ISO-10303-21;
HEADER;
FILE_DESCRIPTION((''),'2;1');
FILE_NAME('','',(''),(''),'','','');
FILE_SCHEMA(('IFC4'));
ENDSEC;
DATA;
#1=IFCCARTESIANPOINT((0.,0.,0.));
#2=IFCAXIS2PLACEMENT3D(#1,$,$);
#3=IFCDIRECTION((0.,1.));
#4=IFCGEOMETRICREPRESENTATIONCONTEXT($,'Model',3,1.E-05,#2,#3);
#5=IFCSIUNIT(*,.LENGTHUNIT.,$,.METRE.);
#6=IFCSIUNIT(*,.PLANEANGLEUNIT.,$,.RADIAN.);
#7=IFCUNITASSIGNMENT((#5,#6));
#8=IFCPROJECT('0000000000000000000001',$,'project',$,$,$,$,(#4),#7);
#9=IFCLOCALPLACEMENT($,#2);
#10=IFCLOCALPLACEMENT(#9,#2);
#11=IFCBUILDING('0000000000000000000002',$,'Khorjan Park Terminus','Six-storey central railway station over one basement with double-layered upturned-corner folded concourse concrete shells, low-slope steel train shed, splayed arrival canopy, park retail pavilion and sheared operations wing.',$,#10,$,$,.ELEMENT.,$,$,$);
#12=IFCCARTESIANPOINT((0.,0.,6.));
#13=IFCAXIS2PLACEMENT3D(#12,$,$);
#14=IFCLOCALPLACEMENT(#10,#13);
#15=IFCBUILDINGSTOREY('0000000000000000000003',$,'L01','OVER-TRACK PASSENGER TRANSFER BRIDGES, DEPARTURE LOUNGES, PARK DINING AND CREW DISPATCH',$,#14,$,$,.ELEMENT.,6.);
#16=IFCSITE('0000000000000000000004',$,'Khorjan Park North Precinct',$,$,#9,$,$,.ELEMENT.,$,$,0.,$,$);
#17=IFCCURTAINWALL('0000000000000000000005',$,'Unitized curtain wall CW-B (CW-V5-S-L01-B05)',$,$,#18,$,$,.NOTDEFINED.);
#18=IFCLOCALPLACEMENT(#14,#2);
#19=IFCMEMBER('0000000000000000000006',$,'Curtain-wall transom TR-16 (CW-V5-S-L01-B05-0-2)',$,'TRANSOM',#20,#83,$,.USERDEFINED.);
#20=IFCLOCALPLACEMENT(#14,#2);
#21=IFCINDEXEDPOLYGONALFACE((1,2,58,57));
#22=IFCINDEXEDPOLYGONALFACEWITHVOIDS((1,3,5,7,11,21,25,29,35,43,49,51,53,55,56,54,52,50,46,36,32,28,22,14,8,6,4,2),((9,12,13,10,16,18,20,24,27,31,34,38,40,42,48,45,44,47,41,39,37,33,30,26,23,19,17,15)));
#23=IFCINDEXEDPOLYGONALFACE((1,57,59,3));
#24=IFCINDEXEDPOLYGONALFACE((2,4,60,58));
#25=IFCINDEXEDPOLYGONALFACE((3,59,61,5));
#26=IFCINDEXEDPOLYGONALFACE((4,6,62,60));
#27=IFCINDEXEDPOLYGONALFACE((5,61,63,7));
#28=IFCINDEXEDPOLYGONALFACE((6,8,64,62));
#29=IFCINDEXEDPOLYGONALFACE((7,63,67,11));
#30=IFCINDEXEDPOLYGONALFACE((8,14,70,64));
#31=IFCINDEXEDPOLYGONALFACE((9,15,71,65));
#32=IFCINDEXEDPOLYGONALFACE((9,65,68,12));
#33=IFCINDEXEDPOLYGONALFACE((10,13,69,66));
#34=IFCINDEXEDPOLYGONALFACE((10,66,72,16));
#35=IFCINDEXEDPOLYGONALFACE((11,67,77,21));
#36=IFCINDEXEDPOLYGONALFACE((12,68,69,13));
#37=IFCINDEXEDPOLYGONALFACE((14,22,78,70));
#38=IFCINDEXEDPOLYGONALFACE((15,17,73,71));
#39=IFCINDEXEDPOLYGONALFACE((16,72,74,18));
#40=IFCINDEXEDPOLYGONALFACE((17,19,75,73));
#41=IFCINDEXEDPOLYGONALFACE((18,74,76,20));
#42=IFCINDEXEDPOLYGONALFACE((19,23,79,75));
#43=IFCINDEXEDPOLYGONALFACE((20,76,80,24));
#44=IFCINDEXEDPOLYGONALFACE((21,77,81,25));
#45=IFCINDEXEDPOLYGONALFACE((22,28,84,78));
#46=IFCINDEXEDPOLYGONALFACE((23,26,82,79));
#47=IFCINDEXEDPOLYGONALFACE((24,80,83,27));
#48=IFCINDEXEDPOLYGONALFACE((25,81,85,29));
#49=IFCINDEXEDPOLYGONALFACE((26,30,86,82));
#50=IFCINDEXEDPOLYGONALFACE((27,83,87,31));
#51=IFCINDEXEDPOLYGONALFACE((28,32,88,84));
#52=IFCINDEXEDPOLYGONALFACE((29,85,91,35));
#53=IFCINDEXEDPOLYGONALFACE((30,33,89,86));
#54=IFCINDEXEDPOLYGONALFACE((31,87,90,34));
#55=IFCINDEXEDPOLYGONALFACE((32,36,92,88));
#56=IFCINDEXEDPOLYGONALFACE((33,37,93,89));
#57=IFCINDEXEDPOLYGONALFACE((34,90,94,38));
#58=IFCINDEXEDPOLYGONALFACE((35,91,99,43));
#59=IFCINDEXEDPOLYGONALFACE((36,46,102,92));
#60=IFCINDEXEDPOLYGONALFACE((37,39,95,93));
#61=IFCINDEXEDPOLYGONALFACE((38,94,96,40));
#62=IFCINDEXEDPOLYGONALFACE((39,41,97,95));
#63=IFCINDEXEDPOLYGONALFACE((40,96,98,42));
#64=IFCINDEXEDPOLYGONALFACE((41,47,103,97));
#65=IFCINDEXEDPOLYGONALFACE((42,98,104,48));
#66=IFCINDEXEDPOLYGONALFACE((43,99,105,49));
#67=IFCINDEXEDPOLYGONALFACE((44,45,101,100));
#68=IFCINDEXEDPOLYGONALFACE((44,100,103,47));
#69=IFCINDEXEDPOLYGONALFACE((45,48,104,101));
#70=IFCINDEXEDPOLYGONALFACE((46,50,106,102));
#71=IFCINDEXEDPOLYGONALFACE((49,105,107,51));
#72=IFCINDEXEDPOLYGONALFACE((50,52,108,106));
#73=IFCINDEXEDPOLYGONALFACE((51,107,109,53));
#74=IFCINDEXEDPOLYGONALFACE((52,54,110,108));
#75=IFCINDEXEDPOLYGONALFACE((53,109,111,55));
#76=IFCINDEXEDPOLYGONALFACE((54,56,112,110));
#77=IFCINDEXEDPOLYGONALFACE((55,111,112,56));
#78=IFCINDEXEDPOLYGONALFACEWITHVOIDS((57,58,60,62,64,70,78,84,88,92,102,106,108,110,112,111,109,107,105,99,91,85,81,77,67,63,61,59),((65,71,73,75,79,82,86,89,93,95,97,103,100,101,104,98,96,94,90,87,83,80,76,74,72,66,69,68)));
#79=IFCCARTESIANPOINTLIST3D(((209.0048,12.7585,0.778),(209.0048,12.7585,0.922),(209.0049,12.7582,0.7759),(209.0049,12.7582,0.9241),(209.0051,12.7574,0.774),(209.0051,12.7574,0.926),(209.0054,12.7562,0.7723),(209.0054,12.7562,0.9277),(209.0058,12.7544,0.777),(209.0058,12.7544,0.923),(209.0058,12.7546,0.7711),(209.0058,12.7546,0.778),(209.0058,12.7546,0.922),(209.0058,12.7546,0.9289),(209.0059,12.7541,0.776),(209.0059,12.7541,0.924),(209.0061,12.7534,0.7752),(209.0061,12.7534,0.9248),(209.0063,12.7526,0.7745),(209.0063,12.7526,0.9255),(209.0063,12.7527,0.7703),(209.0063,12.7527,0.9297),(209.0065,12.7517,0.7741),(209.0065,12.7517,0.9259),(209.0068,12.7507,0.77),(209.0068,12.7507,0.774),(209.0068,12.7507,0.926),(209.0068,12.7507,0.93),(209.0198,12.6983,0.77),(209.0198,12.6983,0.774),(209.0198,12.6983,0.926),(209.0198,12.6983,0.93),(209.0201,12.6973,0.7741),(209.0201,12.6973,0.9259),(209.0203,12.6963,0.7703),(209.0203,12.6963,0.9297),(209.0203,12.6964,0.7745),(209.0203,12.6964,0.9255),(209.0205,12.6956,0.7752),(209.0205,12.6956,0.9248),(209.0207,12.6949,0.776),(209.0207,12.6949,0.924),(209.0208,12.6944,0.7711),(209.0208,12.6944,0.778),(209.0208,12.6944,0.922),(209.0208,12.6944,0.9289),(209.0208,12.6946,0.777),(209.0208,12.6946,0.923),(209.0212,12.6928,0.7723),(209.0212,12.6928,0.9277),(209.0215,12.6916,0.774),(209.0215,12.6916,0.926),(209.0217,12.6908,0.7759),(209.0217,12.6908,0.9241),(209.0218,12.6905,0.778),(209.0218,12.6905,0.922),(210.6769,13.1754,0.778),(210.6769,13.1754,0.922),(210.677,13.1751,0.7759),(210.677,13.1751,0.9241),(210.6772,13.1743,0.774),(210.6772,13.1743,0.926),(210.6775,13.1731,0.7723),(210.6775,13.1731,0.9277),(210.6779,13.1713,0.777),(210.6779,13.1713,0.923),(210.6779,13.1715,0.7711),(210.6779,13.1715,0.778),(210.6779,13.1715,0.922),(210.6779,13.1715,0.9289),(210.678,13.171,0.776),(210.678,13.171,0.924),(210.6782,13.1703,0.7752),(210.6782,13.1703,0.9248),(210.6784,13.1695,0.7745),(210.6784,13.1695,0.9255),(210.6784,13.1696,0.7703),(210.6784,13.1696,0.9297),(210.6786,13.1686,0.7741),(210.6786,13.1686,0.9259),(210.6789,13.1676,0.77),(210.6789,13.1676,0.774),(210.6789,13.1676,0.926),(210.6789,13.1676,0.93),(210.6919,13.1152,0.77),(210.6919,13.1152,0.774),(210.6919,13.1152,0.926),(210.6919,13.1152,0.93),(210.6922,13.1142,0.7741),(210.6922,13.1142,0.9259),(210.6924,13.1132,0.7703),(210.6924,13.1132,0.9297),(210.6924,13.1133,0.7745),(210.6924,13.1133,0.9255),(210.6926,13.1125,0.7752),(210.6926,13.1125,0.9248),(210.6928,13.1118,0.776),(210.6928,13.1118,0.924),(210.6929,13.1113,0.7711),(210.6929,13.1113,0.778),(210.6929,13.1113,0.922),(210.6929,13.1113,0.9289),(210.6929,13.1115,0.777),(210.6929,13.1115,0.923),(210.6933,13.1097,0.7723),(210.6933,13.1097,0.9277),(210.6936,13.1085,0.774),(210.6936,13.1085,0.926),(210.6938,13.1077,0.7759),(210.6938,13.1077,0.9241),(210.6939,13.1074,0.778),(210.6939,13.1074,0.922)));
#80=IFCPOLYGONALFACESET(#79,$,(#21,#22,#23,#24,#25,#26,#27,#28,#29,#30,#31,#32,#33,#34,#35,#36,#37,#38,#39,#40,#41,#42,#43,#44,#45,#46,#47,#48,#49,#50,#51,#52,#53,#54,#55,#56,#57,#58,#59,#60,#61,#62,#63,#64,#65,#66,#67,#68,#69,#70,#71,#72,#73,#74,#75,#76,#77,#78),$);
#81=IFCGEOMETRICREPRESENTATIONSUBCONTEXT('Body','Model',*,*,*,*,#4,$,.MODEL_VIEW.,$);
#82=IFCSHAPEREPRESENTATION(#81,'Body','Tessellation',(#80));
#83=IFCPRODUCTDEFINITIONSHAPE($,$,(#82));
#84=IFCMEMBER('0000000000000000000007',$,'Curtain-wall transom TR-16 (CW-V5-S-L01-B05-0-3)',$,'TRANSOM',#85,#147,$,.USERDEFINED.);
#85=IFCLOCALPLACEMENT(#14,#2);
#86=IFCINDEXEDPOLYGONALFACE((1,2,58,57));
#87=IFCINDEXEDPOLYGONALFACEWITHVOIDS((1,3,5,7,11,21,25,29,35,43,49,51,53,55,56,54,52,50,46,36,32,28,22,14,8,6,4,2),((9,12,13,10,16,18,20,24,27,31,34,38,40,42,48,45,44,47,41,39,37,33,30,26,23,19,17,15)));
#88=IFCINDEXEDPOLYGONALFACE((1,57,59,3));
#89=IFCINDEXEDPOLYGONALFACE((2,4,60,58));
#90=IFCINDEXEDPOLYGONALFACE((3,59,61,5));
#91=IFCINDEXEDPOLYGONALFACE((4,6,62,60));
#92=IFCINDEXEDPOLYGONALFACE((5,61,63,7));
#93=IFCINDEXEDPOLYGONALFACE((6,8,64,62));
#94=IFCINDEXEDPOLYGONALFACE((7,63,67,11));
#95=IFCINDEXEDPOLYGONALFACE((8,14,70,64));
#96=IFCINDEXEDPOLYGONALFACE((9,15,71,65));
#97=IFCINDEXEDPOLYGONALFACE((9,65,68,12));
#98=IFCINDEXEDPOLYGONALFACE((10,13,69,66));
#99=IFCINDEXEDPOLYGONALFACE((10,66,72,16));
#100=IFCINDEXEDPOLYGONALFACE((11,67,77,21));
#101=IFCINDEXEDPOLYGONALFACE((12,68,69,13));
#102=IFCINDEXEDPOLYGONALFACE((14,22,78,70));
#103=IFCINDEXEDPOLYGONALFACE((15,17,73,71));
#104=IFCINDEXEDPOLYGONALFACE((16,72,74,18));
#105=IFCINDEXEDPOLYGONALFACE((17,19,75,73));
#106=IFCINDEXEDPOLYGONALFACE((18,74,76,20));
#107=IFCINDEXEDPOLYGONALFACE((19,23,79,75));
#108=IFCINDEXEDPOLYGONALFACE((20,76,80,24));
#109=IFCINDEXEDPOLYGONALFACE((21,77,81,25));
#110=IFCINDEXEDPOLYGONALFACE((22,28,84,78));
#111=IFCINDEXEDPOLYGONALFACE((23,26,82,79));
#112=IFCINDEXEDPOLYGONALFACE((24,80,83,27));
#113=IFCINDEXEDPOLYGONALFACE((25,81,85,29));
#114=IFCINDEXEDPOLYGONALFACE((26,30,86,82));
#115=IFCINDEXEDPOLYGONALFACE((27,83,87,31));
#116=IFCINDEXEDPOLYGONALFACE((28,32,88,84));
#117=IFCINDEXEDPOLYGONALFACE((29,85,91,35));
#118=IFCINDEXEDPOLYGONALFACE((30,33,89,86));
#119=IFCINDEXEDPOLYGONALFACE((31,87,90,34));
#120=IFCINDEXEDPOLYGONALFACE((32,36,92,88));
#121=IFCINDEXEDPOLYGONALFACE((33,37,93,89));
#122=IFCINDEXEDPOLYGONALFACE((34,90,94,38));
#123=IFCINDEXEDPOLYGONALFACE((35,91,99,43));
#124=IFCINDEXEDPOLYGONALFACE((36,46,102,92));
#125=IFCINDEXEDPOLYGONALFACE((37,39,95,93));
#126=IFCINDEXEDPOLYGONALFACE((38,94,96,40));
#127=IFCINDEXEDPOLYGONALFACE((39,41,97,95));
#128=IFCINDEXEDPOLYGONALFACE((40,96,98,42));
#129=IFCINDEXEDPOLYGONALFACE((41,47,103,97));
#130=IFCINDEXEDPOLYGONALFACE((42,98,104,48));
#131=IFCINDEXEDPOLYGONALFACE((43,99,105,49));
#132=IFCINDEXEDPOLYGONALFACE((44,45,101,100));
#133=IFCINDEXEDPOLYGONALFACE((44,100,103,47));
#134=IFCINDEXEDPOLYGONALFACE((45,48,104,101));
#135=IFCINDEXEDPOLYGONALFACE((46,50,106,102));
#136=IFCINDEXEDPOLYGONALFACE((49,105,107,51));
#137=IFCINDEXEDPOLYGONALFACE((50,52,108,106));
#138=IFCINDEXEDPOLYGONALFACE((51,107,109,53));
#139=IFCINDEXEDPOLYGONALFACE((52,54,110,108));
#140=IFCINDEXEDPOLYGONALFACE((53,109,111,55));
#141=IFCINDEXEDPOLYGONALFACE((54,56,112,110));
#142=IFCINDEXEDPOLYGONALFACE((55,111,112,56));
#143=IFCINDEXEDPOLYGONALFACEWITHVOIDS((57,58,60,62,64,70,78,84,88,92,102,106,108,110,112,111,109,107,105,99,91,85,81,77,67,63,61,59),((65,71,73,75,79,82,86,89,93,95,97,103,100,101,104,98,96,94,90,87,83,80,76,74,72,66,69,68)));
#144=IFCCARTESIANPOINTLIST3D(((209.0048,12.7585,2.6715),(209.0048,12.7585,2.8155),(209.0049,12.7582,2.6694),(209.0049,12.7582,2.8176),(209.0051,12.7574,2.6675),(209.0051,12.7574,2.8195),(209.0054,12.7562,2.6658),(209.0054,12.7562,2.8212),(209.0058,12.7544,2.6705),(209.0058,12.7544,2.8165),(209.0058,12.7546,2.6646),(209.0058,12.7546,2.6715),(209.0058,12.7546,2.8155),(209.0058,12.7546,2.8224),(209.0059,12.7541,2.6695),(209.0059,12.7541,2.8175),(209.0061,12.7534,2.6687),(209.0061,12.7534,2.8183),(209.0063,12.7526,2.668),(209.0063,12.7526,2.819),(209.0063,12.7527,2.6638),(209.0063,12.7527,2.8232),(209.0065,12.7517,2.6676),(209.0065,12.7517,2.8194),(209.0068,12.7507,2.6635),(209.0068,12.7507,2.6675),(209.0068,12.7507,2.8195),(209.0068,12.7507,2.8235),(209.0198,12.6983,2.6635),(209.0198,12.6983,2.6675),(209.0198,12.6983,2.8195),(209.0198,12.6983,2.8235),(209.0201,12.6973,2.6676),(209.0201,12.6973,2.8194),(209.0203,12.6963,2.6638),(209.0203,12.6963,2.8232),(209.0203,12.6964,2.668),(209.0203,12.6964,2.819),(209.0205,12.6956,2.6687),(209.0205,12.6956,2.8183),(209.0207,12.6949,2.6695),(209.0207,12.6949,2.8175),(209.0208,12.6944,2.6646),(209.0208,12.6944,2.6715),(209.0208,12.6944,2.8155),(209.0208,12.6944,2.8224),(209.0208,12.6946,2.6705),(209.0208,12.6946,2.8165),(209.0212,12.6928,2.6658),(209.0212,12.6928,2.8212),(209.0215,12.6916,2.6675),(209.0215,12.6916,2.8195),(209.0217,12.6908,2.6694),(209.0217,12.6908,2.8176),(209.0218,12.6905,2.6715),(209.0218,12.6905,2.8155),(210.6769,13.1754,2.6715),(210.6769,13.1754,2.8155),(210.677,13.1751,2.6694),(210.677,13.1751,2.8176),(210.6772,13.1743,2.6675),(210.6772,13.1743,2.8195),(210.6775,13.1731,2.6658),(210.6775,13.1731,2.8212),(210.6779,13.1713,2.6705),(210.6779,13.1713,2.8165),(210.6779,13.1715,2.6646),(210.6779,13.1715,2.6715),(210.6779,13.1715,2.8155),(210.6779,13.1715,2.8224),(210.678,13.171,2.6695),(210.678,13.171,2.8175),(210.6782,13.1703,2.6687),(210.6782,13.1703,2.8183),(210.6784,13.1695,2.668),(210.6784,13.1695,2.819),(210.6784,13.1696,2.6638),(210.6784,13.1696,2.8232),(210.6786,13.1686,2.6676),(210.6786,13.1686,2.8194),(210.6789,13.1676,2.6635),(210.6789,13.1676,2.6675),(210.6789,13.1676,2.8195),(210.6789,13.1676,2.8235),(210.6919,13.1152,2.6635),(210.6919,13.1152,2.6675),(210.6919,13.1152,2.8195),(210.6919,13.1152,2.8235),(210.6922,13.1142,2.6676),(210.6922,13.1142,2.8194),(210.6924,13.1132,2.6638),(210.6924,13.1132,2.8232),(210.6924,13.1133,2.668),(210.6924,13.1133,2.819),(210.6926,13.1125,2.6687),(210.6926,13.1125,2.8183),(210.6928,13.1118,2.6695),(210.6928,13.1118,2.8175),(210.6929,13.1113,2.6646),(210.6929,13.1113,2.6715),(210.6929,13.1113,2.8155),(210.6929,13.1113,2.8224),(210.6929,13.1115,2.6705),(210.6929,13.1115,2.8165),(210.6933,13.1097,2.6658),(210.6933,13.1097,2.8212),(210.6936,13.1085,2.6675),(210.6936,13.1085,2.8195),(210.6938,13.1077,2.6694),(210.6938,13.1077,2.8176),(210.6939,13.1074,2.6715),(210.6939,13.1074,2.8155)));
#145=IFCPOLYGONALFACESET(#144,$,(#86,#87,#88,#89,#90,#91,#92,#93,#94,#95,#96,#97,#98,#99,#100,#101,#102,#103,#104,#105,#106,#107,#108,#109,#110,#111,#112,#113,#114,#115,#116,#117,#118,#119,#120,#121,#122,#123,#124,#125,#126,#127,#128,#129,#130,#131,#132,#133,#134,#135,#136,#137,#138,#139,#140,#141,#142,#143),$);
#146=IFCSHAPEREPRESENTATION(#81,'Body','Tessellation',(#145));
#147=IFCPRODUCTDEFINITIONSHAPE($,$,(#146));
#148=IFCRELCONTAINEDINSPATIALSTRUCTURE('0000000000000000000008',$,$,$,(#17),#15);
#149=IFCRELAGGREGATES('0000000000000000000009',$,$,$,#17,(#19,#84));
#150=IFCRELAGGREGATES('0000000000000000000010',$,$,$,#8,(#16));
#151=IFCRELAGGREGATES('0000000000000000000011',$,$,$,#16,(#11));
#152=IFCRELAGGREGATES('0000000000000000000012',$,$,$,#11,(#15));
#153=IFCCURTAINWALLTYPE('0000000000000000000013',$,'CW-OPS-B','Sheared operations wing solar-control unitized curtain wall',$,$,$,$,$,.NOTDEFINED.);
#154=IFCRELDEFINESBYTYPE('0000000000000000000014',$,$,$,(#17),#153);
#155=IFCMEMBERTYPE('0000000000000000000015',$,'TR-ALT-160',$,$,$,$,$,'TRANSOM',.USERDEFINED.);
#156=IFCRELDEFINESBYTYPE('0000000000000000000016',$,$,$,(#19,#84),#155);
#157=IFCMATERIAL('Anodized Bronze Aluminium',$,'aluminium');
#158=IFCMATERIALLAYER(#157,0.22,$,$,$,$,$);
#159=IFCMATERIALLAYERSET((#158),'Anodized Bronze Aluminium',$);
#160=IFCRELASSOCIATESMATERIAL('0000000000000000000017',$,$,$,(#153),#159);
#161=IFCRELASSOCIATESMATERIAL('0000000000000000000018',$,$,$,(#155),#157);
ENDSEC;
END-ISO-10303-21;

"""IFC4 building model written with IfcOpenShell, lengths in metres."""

from ifc_helpers import new_model, si_unit, direction, frame, origin, origin_2d, place, context, subcontext, project, spatial, hollow_rectangle, extrude, material, layer, layer_set, material_profile, profile_set, type_object, element, aggregate, save


model = new_model("IFC4")

# Units and contexts
model_context = context("Model", 3, precision=1e-05, world=origin(), true_north=direction((0.0, 1.0)))
body_context = subcontext(model_context, "Body", "Model", "MODEL_VIEW")
ifc_project = project(units=[si_unit("LENGTHUNIT", "METRE"), si_unit("PLANEANGLEUNIT", "RADIAN")], contexts=[model_context])

# Site, building, storey
site_placement = place(None, origin())
site = spatial("IfcSite", under=ifc_project, at=site_placement, Name="Khorjan Park North Precinct", CompositionType="ELEMENT", RefElevation=0.0)
building_placement = place(site_placement, origin())
building = spatial("IfcBuilding", under=site, at=building_placement, Name="Khorjan Park Terminus", Description="Six-storey central railway station over one basement with double-layered upturned-corner folded concourse concrete shells, low-slope steel train shed, splayed arrival canopy, park retail pavilion and sheared operations wing.", CompositionType="ELEMENT")
storey_placement = place(building_placement, frame((0.0, 0.0, 6.0)))
storey = spatial("IfcBuildingStorey", under=building, at=storey_placement, Name="L01", Description="OVER-TRACK PASSENGER TRANSFER BRIDGES, DEPARTURE LOUNGES, PARK DINING AND CREW DISPATCH", CompositionType="ELEMENT", Elevation=6.0)

# Curtain wall, members
ifc_material_1 = material(Name="Anodized Bronze Aluminium", Category="aluminium")
ifc_layer_1 = layer(ifc_material_1, 0.22)
ifc_layer_set_1 = layer_set([ifc_layer_1], Name="Anodized Bronze Aluminium")
curtain_wall_type = type_object("IfcCurtainWallType", Name="CW-OPS-B", Description="Sheared operations wing solar-control unitized curtain wall", PredefinedType="NOTDEFINED", material=ifc_layer_set_1)
curtain_wall_placement = place(storey_placement, origin())
curtain_wall = element("IfcCurtainWall", 1, at=curtain_wall_placement, inside=storey, type_object=curtain_wall_type, Name="Unitized curtain wall CW-B (CW-V5-S-L01-B05)", PredefinedType="NOTDEFINED")
ifc_material_profile_1 = material_profile(ifc_material_1, hollow_rectangle(XDim=0.07, YDim=0.16, WallThickness=0.004, InnerFilletRadius=0.004, OuterFilletRadius=0.008, at=origin_2d()), Name="ALT 70x160x4")
ifc_profile_set_1 = profile_set([ifc_material_profile_1], Name="Anodized Bronze Aluminium")
member_type_1 = type_object("IfcMemberType", Name="TR-ALT-160", ElementType="TRANSOM", PredefinedType="USERDEFINED", material=ifc_profile_set_1)
member_1_placement = place(storey_placement, frame((209.0133, 12.7245, 0.85), z_axis=(0.970296, 0.241921, 0.0), x_axis=(-0.241921, 0.970296, 0.0)))
member_1 = element("IfcMember", 2, at=member_1_placement, type_object=member_type_1, Name="Curtain-wall transom TR-16 (CW-V5-S-L01-B05-0-2)", ObjectType="TRANSOM", PredefinedType="USERDEFINED", context=body_context, shape_type="SweptSolid", body=[
    extrude(hollow_rectangle(XDim=0.07, YDim=0.16, WallThickness=0.004, InnerFilletRadius=0.004, OuterFilletRadius=0.008, at=origin_2d()), origin(), (0.0, 0.0, 1.0), 1.7233),
])
member_2_placement = place(storey_placement, frame((209.0133, 12.7245, 2.7435), z_axis=(0.970296, 0.241921, 0.0), x_axis=(-0.241921, 0.970296, 0.0)))
member_2 = element("IfcMember", 3, at=member_2_placement, type_object=member_type_1, Name="Curtain-wall transom TR-16 (CW-V5-S-L01-B05-0-3)", ObjectType="TRANSOM", PredefinedType="USERDEFINED", context=body_context, shape_type="SweptSolid", body=[
    extrude(hollow_rectangle(XDim=0.07, YDim=0.16, WallThickness=0.004, InnerFilletRadius=0.004, OuterFilletRadius=0.008, at=origin_2d()), origin(), (0.0, 0.0, 1.0), 1.7233),
])
aggregate(curtain_wall, [member_1, member_2])

save(model, "model.ifc")
